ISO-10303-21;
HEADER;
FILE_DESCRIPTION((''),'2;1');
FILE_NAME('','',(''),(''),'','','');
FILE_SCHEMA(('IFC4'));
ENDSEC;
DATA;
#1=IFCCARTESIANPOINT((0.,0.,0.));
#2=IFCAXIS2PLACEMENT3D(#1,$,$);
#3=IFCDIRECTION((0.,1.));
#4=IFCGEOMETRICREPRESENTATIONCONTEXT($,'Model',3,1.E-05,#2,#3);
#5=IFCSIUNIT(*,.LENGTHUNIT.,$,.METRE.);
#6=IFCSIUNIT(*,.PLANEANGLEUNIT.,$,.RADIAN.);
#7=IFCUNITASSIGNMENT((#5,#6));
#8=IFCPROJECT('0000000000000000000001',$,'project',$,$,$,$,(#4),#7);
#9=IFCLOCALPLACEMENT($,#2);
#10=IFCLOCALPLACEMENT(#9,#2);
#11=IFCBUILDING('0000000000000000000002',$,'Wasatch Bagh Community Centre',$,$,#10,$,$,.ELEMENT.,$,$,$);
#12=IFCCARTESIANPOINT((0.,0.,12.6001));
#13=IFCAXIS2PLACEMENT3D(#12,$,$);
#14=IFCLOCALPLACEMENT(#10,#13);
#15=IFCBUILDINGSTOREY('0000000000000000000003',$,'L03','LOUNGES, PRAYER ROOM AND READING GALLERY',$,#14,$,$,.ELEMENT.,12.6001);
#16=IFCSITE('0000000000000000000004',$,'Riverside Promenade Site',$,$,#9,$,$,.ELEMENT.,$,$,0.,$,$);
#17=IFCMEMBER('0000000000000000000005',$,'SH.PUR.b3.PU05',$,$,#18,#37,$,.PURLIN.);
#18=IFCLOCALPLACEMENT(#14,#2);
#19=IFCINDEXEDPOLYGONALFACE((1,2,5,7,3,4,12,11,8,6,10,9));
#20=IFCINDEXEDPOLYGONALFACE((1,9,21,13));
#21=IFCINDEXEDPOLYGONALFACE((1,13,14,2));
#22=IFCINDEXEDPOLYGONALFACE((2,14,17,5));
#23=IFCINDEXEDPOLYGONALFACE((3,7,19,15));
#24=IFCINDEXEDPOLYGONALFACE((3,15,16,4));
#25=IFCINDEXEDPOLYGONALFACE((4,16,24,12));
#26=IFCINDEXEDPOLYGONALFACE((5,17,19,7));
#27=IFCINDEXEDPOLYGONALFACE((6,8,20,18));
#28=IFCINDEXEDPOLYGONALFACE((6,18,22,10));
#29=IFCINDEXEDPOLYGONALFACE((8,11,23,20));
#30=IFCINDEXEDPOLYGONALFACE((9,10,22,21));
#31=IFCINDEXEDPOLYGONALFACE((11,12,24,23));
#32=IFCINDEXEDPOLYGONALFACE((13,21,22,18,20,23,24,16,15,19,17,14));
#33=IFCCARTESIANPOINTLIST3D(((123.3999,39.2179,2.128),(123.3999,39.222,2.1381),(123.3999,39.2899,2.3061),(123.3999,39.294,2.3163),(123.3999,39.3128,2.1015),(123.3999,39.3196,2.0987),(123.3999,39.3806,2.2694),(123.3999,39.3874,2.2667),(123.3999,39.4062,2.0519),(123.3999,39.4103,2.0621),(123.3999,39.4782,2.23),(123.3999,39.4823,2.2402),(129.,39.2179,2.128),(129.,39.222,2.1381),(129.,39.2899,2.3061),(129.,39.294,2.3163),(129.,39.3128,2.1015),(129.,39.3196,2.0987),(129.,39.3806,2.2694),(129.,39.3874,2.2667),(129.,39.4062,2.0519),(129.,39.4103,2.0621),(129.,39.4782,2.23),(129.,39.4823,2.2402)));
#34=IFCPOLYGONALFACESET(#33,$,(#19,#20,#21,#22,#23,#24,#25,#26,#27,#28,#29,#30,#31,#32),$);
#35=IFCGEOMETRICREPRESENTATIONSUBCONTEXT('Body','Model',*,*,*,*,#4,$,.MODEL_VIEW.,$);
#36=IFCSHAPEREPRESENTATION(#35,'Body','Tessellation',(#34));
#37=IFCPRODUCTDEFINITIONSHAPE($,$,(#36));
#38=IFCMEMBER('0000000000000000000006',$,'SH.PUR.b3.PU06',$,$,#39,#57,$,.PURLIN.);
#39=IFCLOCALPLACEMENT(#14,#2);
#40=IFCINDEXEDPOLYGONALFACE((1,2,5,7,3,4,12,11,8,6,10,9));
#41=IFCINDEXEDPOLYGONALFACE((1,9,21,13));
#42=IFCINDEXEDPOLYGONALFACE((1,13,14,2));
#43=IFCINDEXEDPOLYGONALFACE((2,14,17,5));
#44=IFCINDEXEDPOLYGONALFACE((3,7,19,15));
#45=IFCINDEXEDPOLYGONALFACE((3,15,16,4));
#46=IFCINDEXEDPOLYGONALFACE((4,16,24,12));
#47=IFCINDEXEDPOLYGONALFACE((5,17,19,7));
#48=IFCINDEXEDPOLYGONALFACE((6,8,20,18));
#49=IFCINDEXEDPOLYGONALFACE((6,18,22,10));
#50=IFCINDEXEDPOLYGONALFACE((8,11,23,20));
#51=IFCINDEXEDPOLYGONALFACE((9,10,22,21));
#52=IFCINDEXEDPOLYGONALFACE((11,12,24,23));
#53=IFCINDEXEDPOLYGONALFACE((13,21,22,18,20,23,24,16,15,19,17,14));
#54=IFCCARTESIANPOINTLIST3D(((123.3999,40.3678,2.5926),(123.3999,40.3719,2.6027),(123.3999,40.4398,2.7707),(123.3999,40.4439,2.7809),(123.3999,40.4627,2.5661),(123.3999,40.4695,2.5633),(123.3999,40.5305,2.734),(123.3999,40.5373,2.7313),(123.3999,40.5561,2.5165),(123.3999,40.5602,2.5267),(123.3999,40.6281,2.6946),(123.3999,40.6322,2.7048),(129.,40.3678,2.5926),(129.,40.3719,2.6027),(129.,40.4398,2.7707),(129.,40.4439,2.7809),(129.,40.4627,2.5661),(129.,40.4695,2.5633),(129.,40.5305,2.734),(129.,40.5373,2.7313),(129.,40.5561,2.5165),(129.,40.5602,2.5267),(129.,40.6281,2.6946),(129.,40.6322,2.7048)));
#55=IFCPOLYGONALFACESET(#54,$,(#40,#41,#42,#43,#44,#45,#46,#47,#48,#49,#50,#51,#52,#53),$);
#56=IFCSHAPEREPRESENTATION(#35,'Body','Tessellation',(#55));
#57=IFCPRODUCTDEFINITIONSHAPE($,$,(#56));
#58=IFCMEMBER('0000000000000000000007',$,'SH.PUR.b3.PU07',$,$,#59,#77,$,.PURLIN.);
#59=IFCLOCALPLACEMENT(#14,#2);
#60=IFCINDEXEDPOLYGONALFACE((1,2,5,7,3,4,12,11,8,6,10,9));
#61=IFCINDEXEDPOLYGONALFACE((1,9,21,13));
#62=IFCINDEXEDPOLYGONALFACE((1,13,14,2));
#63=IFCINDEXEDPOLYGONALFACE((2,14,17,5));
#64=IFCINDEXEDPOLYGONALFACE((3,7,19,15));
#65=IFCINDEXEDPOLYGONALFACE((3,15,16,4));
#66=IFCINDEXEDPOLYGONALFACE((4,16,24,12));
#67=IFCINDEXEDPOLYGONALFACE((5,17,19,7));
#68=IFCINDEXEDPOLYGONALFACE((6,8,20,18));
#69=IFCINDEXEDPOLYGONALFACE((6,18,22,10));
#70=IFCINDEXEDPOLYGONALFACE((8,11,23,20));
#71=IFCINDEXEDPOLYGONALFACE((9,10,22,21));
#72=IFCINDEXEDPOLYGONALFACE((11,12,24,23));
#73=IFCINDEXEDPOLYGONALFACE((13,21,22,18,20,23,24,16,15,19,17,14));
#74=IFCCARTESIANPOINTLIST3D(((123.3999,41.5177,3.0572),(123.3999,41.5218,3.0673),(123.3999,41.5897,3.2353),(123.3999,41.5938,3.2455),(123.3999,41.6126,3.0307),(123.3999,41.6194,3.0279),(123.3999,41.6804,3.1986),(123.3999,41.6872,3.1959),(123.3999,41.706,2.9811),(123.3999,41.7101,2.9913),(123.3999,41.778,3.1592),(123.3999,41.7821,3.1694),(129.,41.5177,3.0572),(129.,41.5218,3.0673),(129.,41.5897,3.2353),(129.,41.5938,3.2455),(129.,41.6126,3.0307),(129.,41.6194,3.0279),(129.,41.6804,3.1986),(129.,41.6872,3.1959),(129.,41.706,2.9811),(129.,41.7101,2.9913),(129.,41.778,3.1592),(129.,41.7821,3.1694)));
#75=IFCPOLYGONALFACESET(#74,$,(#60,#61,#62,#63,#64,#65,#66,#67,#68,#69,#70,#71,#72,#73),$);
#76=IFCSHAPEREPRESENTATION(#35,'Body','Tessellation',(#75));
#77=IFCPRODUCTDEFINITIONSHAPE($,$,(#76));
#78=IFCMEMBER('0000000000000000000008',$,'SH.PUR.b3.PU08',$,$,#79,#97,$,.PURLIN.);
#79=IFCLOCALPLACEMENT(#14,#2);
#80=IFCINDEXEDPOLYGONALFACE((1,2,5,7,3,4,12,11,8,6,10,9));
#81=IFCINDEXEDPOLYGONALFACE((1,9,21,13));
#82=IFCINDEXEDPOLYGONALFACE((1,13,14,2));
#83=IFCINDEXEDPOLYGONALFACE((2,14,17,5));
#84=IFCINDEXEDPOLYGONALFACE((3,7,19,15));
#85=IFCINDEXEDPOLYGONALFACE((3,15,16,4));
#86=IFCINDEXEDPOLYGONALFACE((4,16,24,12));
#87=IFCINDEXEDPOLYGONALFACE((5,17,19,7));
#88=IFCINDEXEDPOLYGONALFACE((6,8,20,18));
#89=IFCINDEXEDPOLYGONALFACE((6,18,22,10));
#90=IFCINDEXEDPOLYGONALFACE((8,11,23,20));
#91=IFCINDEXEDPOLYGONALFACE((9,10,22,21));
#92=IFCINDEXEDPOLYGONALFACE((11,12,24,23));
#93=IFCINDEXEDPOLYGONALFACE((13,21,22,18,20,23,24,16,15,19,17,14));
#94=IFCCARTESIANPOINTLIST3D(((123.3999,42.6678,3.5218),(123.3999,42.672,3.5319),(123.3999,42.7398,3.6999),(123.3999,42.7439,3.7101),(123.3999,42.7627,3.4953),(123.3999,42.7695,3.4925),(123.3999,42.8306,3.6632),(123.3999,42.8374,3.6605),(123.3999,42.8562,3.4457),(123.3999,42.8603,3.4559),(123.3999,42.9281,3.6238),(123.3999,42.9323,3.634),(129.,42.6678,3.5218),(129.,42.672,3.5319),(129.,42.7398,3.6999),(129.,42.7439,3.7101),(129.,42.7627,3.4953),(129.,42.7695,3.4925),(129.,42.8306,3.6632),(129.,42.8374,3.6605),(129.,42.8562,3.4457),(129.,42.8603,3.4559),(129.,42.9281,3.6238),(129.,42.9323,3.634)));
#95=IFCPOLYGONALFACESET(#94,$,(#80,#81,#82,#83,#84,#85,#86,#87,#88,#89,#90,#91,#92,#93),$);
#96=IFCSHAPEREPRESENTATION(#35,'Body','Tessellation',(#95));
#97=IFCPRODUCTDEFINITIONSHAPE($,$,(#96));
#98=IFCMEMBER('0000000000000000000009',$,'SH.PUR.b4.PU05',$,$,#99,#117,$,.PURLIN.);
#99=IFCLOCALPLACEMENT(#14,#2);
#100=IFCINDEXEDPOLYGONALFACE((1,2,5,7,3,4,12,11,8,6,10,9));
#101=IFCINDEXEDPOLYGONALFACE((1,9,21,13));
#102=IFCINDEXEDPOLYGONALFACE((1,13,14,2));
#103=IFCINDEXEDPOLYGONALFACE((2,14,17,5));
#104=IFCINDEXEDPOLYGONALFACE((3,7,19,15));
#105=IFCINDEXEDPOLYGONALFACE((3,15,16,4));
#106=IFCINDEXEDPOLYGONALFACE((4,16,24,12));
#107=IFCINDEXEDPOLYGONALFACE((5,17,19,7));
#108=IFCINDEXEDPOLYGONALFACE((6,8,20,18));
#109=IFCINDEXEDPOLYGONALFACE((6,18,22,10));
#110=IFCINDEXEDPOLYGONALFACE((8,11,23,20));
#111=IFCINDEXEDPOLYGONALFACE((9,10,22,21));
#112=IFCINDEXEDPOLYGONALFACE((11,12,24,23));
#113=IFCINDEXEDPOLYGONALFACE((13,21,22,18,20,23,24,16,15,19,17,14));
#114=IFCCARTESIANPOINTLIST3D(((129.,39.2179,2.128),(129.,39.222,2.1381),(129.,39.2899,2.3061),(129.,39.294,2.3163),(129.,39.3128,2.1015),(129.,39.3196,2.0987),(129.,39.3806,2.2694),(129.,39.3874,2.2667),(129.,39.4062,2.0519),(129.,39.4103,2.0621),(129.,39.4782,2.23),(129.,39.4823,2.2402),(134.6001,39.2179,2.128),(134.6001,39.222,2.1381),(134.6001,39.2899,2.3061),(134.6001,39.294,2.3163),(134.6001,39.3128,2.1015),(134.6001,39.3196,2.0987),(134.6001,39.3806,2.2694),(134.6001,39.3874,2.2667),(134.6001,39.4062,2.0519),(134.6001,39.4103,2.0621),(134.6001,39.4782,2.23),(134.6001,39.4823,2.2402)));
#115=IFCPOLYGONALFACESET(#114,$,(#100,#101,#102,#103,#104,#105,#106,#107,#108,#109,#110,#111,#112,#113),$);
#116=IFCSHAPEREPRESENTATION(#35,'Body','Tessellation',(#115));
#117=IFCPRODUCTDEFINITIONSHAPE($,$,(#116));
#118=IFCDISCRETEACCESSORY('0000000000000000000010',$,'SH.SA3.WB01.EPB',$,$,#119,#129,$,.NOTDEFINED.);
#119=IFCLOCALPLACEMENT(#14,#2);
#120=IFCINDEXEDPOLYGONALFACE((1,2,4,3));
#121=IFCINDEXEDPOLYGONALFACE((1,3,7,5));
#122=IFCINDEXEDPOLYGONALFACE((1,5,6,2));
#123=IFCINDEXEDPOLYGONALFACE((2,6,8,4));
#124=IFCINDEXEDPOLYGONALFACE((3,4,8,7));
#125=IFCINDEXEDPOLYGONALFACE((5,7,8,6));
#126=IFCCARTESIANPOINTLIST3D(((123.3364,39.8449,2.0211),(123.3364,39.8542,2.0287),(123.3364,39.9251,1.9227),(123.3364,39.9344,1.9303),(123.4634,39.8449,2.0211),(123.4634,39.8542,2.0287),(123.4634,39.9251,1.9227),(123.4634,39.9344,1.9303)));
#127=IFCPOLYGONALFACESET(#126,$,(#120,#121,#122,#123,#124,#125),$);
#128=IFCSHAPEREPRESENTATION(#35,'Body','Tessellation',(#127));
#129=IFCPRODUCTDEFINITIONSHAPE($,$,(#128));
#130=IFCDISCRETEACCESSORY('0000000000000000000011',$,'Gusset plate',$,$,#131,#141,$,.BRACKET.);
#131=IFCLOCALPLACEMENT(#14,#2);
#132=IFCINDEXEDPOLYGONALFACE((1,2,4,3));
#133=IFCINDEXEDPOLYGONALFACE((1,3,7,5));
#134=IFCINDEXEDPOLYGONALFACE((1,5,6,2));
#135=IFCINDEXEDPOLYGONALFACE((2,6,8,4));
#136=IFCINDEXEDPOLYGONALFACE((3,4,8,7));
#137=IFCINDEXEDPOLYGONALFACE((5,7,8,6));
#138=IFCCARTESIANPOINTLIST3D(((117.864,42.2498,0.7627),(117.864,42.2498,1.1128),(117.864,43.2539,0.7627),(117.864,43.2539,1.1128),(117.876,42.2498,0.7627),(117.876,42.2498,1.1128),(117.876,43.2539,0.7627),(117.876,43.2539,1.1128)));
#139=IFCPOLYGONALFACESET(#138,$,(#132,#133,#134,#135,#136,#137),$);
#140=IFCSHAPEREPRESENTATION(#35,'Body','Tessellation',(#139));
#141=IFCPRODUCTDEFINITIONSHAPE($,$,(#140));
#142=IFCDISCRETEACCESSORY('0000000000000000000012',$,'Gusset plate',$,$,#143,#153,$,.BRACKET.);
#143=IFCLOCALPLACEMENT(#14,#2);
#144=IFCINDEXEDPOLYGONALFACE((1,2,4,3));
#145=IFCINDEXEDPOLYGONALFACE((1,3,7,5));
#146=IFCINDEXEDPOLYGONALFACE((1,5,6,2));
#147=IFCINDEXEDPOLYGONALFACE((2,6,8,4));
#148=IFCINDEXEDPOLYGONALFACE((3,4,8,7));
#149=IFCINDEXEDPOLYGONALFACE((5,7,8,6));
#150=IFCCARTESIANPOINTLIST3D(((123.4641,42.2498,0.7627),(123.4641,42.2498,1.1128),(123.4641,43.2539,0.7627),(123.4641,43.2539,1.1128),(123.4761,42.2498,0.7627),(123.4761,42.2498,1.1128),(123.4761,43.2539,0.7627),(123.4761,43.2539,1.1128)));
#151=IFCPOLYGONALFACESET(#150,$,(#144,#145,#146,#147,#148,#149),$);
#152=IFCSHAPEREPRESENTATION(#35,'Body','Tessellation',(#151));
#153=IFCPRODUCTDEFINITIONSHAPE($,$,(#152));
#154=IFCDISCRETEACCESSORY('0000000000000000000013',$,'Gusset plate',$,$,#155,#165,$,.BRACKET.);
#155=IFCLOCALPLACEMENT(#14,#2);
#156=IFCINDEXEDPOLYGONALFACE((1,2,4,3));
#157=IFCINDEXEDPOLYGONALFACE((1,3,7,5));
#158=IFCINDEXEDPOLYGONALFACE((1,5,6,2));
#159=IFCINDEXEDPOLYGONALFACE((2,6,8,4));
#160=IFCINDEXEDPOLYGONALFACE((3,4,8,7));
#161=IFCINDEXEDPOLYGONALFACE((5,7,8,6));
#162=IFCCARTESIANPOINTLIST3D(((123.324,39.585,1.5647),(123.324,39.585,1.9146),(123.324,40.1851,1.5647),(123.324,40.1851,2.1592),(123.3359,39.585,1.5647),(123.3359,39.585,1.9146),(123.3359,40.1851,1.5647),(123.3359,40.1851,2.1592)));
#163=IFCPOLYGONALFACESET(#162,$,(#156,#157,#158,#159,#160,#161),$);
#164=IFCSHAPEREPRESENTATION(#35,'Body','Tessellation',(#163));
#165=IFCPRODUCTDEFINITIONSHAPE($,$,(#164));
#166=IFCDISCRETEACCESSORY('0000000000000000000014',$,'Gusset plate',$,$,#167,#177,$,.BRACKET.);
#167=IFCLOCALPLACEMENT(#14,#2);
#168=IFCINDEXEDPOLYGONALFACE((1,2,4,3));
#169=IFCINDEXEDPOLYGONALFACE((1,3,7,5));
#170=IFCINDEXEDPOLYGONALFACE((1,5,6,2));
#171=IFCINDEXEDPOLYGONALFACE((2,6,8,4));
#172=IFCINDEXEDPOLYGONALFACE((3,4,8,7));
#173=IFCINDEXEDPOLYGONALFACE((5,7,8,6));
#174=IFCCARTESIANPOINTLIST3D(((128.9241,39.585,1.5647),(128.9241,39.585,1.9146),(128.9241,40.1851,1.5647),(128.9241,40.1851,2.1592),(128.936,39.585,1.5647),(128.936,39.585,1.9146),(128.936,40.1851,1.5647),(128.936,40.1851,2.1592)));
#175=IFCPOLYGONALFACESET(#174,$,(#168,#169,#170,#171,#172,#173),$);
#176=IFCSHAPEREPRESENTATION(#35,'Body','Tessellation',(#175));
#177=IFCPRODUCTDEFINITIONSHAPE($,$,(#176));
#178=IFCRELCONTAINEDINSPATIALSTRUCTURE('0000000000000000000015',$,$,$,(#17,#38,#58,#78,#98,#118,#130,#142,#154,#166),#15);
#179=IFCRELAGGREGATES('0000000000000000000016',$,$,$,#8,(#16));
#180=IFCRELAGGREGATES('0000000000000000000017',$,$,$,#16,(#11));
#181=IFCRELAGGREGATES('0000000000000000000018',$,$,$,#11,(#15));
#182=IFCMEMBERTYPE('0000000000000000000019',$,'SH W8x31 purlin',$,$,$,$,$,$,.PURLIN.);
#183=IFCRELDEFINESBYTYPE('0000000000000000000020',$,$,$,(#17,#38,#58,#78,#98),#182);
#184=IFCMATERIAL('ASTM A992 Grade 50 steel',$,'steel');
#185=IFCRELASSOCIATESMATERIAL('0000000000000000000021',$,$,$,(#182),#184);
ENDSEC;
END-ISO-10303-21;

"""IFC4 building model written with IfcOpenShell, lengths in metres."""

from ifc_helpers import new_model, si_unit, direction, frame, origin, origin_2d, place, context, subcontext, project, spatial, polyline, rectangle, i_section, outline, extrude, material, material_profile, profile_set, type_object, element, save


model = new_model("IFC4")

# Units and contexts
model_context = context("Model", 3, precision=1e-05, world=origin(), true_north=direction((0.0, 1.0)))
body_context = subcontext(model_context, "Body", "Model", "MODEL_VIEW")
ifc_project = project(units=[si_unit("LENGTHUNIT", "METRE"), si_unit("PLANEANGLEUNIT", "RADIAN")], contexts=[model_context])

# Site, building, storey
site_placement = place(None, origin())
site = spatial("IfcSite", under=ifc_project, at=site_placement, Name="Riverside Promenade Site", CompositionType="ELEMENT", RefElevation=0.0)
building_placement = place(site_placement, origin())
building = spatial("IfcBuilding", under=site, at=building_placement, Name="Wasatch Bagh Community Centre", CompositionType="ELEMENT")
storey_placement = place(building_placement, frame((0.0, 0.0, 12.6001)))
storey = spatial("IfcBuildingStorey", under=building, at=storey_placement, Name="L03", Description="LOUNGES, PRAYER ROOM AND READING GALLERY", CompositionType="ELEMENT", Elevation=12.6001)

# Members
ifc_material_1 = material(Name="ASTM A992 Grade 50 steel", Category="steel")
ifc_material_profile_1 = material_profile(ifc_material_1, i_section(OverallWidth=0.2031, OverallDepth=0.2031, WebThickness=0.0073, FlangeThickness=0.011, at=origin_2d()), Name="W8x31")
ifc_profile_set_1 = profile_set([ifc_material_profile_1], Name="ASTM A992 Grade 50 steel")
member_type_1 = type_object("IfcMemberType", Name="SH W8x31 purlin", PredefinedType="PURLIN", material=ifc_profile_set_1)
for number, where, z_axis, x_axis, name in (
    (1, (123.3999, 39.3501, 2.1841), (1.0, 0.0, 0.0), (0.0, 0.927184, -0.374607), "SH.PUR.b3.PU05"),
    (2, (123.3999, 40.5, 2.6487), (1.0, 0.0, 0.0), (0.0, 0.927184, -0.374607), "SH.PUR.b3.PU06"),
    (3, (123.3999, 41.6499, 3.1133), (1.0, 0.0, 0.0), (0.0, 0.927184, -0.374607), "SH.PUR.b3.PU07"),
    (4, (123.3999, 42.8, 3.5779), (1.0, 0.0, 0.0), (0.0, 0.927184, -0.374607), "SH.PUR.b3.PU08"),
    (5, (129.0, 39.3501, 2.1841), (1.0, 0.0, 0.0), (0.0, 0.927184, -0.374607), "SH.PUR.b4.PU05"),
):
    element("IfcMember", number, at=place(storey_placement, frame(where, z_axis=z_axis, x_axis=x_axis)), inside=storey, type_object=member_type_1, Name=name, PredefinedType="PURLIN", context=body_context, shape_type="SweptSolid", body=[
        extrude(i_section(OverallWidth=0.2031, OverallDepth=0.2031, WebThickness=0.0073, FlangeThickness=0.011, at=origin_2d()), origin(), (0.0, 0.0, 1.0), 5.6001),
    ])

# Discrete accessories
discrete_accessory_1_placement = place(storey_placement, frame((123.3999, 39.885, 1.9719), z_axis=(0.0, 0.774865, 0.632127), x_axis=(-1.0, 0.0, 0.0)))
element("IfcDiscreteAccessory", 6, at=discrete_accessory_1_placement, inside=storey, Name="SH.SA3.WB01.EPB", PredefinedType="NOTDEFINED", context=body_context, shape_type="SweptSolid", body=[
    extrude(rectangle(XDim=0.127, YDim=0.127, at=origin_2d()), origin(), (0.0, 0.0, 1.0), 0.012),
])
for number, where, z_axis, x_axis, name in (
    (7, (117.876, 42.2498, 0.7627), (1.0, 0.0, 0.0), (0.0, 1.0, 0.0), "Gusset plate"),
    (8, (123.4761, 42.2498, 0.7627), (1.0, 0.0, 0.0), (0.0, 1.0, 0.0), "Gusset plate"),
):
    element("IfcDiscreteAccessory", number, at=place(storey_placement, frame(where, z_axis=z_axis, x_axis=x_axis)), inside=storey, Name=name, PredefinedType="BRACKET", context=body_context, shape_type="SweptSolid", body=[
        extrude(outline(polyline([(0.0, 0.0), (1.0042, 0.0), (1.0042, 0.3501), (0.0, 0.3501), (0.0, 0.0)])), origin(), (0.0, 0.0, -1.0), 0.012),
    ])
discrete_accessory_2_placement = place(storey_placement, frame((123.324, 39.585, 1.9146), z_axis=(-1.0, 0.0, 0.0), x_axis=(0.0, 0.926014, 0.377488)))
element("IfcDiscreteAccessory", 9, at=discrete_accessory_2_placement, inside=storey, Name="Gusset plate", PredefinedType="BRACKET", context=body_context, shape_type="SweptSolid", body=[
    extrude(outline(polyline([(0.0, 0.0), (0.648, 0.0), (0.4236, 0.5505), (-0.1321, 0.324), (0.0, 0.0)])), origin(), (0.0, 0.0, -1.0), 0.012),
])
discrete_accessory_3_placement = place(storey_placement, frame((128.9241, 39.585, 1.9146), z_axis=(-1.0, 0.0, 0.0), x_axis=(0.0, 0.926014, 0.377488)))
element("IfcDiscreteAccessory", 10, at=discrete_accessory_3_placement, inside=storey, Name="Gusset plate", PredefinedType="BRACKET", context=body_context, shape_type="SweptSolid", body=[
    extrude(outline(polyline([(0.0, 0.0), (0.648, 0.0), (0.4236, 0.5505), (-0.1321, 0.324), (0.0, 0.0)])), origin(), (0.0, 0.0, -1.0), 0.012),
])

save(model, "model.ifc")
